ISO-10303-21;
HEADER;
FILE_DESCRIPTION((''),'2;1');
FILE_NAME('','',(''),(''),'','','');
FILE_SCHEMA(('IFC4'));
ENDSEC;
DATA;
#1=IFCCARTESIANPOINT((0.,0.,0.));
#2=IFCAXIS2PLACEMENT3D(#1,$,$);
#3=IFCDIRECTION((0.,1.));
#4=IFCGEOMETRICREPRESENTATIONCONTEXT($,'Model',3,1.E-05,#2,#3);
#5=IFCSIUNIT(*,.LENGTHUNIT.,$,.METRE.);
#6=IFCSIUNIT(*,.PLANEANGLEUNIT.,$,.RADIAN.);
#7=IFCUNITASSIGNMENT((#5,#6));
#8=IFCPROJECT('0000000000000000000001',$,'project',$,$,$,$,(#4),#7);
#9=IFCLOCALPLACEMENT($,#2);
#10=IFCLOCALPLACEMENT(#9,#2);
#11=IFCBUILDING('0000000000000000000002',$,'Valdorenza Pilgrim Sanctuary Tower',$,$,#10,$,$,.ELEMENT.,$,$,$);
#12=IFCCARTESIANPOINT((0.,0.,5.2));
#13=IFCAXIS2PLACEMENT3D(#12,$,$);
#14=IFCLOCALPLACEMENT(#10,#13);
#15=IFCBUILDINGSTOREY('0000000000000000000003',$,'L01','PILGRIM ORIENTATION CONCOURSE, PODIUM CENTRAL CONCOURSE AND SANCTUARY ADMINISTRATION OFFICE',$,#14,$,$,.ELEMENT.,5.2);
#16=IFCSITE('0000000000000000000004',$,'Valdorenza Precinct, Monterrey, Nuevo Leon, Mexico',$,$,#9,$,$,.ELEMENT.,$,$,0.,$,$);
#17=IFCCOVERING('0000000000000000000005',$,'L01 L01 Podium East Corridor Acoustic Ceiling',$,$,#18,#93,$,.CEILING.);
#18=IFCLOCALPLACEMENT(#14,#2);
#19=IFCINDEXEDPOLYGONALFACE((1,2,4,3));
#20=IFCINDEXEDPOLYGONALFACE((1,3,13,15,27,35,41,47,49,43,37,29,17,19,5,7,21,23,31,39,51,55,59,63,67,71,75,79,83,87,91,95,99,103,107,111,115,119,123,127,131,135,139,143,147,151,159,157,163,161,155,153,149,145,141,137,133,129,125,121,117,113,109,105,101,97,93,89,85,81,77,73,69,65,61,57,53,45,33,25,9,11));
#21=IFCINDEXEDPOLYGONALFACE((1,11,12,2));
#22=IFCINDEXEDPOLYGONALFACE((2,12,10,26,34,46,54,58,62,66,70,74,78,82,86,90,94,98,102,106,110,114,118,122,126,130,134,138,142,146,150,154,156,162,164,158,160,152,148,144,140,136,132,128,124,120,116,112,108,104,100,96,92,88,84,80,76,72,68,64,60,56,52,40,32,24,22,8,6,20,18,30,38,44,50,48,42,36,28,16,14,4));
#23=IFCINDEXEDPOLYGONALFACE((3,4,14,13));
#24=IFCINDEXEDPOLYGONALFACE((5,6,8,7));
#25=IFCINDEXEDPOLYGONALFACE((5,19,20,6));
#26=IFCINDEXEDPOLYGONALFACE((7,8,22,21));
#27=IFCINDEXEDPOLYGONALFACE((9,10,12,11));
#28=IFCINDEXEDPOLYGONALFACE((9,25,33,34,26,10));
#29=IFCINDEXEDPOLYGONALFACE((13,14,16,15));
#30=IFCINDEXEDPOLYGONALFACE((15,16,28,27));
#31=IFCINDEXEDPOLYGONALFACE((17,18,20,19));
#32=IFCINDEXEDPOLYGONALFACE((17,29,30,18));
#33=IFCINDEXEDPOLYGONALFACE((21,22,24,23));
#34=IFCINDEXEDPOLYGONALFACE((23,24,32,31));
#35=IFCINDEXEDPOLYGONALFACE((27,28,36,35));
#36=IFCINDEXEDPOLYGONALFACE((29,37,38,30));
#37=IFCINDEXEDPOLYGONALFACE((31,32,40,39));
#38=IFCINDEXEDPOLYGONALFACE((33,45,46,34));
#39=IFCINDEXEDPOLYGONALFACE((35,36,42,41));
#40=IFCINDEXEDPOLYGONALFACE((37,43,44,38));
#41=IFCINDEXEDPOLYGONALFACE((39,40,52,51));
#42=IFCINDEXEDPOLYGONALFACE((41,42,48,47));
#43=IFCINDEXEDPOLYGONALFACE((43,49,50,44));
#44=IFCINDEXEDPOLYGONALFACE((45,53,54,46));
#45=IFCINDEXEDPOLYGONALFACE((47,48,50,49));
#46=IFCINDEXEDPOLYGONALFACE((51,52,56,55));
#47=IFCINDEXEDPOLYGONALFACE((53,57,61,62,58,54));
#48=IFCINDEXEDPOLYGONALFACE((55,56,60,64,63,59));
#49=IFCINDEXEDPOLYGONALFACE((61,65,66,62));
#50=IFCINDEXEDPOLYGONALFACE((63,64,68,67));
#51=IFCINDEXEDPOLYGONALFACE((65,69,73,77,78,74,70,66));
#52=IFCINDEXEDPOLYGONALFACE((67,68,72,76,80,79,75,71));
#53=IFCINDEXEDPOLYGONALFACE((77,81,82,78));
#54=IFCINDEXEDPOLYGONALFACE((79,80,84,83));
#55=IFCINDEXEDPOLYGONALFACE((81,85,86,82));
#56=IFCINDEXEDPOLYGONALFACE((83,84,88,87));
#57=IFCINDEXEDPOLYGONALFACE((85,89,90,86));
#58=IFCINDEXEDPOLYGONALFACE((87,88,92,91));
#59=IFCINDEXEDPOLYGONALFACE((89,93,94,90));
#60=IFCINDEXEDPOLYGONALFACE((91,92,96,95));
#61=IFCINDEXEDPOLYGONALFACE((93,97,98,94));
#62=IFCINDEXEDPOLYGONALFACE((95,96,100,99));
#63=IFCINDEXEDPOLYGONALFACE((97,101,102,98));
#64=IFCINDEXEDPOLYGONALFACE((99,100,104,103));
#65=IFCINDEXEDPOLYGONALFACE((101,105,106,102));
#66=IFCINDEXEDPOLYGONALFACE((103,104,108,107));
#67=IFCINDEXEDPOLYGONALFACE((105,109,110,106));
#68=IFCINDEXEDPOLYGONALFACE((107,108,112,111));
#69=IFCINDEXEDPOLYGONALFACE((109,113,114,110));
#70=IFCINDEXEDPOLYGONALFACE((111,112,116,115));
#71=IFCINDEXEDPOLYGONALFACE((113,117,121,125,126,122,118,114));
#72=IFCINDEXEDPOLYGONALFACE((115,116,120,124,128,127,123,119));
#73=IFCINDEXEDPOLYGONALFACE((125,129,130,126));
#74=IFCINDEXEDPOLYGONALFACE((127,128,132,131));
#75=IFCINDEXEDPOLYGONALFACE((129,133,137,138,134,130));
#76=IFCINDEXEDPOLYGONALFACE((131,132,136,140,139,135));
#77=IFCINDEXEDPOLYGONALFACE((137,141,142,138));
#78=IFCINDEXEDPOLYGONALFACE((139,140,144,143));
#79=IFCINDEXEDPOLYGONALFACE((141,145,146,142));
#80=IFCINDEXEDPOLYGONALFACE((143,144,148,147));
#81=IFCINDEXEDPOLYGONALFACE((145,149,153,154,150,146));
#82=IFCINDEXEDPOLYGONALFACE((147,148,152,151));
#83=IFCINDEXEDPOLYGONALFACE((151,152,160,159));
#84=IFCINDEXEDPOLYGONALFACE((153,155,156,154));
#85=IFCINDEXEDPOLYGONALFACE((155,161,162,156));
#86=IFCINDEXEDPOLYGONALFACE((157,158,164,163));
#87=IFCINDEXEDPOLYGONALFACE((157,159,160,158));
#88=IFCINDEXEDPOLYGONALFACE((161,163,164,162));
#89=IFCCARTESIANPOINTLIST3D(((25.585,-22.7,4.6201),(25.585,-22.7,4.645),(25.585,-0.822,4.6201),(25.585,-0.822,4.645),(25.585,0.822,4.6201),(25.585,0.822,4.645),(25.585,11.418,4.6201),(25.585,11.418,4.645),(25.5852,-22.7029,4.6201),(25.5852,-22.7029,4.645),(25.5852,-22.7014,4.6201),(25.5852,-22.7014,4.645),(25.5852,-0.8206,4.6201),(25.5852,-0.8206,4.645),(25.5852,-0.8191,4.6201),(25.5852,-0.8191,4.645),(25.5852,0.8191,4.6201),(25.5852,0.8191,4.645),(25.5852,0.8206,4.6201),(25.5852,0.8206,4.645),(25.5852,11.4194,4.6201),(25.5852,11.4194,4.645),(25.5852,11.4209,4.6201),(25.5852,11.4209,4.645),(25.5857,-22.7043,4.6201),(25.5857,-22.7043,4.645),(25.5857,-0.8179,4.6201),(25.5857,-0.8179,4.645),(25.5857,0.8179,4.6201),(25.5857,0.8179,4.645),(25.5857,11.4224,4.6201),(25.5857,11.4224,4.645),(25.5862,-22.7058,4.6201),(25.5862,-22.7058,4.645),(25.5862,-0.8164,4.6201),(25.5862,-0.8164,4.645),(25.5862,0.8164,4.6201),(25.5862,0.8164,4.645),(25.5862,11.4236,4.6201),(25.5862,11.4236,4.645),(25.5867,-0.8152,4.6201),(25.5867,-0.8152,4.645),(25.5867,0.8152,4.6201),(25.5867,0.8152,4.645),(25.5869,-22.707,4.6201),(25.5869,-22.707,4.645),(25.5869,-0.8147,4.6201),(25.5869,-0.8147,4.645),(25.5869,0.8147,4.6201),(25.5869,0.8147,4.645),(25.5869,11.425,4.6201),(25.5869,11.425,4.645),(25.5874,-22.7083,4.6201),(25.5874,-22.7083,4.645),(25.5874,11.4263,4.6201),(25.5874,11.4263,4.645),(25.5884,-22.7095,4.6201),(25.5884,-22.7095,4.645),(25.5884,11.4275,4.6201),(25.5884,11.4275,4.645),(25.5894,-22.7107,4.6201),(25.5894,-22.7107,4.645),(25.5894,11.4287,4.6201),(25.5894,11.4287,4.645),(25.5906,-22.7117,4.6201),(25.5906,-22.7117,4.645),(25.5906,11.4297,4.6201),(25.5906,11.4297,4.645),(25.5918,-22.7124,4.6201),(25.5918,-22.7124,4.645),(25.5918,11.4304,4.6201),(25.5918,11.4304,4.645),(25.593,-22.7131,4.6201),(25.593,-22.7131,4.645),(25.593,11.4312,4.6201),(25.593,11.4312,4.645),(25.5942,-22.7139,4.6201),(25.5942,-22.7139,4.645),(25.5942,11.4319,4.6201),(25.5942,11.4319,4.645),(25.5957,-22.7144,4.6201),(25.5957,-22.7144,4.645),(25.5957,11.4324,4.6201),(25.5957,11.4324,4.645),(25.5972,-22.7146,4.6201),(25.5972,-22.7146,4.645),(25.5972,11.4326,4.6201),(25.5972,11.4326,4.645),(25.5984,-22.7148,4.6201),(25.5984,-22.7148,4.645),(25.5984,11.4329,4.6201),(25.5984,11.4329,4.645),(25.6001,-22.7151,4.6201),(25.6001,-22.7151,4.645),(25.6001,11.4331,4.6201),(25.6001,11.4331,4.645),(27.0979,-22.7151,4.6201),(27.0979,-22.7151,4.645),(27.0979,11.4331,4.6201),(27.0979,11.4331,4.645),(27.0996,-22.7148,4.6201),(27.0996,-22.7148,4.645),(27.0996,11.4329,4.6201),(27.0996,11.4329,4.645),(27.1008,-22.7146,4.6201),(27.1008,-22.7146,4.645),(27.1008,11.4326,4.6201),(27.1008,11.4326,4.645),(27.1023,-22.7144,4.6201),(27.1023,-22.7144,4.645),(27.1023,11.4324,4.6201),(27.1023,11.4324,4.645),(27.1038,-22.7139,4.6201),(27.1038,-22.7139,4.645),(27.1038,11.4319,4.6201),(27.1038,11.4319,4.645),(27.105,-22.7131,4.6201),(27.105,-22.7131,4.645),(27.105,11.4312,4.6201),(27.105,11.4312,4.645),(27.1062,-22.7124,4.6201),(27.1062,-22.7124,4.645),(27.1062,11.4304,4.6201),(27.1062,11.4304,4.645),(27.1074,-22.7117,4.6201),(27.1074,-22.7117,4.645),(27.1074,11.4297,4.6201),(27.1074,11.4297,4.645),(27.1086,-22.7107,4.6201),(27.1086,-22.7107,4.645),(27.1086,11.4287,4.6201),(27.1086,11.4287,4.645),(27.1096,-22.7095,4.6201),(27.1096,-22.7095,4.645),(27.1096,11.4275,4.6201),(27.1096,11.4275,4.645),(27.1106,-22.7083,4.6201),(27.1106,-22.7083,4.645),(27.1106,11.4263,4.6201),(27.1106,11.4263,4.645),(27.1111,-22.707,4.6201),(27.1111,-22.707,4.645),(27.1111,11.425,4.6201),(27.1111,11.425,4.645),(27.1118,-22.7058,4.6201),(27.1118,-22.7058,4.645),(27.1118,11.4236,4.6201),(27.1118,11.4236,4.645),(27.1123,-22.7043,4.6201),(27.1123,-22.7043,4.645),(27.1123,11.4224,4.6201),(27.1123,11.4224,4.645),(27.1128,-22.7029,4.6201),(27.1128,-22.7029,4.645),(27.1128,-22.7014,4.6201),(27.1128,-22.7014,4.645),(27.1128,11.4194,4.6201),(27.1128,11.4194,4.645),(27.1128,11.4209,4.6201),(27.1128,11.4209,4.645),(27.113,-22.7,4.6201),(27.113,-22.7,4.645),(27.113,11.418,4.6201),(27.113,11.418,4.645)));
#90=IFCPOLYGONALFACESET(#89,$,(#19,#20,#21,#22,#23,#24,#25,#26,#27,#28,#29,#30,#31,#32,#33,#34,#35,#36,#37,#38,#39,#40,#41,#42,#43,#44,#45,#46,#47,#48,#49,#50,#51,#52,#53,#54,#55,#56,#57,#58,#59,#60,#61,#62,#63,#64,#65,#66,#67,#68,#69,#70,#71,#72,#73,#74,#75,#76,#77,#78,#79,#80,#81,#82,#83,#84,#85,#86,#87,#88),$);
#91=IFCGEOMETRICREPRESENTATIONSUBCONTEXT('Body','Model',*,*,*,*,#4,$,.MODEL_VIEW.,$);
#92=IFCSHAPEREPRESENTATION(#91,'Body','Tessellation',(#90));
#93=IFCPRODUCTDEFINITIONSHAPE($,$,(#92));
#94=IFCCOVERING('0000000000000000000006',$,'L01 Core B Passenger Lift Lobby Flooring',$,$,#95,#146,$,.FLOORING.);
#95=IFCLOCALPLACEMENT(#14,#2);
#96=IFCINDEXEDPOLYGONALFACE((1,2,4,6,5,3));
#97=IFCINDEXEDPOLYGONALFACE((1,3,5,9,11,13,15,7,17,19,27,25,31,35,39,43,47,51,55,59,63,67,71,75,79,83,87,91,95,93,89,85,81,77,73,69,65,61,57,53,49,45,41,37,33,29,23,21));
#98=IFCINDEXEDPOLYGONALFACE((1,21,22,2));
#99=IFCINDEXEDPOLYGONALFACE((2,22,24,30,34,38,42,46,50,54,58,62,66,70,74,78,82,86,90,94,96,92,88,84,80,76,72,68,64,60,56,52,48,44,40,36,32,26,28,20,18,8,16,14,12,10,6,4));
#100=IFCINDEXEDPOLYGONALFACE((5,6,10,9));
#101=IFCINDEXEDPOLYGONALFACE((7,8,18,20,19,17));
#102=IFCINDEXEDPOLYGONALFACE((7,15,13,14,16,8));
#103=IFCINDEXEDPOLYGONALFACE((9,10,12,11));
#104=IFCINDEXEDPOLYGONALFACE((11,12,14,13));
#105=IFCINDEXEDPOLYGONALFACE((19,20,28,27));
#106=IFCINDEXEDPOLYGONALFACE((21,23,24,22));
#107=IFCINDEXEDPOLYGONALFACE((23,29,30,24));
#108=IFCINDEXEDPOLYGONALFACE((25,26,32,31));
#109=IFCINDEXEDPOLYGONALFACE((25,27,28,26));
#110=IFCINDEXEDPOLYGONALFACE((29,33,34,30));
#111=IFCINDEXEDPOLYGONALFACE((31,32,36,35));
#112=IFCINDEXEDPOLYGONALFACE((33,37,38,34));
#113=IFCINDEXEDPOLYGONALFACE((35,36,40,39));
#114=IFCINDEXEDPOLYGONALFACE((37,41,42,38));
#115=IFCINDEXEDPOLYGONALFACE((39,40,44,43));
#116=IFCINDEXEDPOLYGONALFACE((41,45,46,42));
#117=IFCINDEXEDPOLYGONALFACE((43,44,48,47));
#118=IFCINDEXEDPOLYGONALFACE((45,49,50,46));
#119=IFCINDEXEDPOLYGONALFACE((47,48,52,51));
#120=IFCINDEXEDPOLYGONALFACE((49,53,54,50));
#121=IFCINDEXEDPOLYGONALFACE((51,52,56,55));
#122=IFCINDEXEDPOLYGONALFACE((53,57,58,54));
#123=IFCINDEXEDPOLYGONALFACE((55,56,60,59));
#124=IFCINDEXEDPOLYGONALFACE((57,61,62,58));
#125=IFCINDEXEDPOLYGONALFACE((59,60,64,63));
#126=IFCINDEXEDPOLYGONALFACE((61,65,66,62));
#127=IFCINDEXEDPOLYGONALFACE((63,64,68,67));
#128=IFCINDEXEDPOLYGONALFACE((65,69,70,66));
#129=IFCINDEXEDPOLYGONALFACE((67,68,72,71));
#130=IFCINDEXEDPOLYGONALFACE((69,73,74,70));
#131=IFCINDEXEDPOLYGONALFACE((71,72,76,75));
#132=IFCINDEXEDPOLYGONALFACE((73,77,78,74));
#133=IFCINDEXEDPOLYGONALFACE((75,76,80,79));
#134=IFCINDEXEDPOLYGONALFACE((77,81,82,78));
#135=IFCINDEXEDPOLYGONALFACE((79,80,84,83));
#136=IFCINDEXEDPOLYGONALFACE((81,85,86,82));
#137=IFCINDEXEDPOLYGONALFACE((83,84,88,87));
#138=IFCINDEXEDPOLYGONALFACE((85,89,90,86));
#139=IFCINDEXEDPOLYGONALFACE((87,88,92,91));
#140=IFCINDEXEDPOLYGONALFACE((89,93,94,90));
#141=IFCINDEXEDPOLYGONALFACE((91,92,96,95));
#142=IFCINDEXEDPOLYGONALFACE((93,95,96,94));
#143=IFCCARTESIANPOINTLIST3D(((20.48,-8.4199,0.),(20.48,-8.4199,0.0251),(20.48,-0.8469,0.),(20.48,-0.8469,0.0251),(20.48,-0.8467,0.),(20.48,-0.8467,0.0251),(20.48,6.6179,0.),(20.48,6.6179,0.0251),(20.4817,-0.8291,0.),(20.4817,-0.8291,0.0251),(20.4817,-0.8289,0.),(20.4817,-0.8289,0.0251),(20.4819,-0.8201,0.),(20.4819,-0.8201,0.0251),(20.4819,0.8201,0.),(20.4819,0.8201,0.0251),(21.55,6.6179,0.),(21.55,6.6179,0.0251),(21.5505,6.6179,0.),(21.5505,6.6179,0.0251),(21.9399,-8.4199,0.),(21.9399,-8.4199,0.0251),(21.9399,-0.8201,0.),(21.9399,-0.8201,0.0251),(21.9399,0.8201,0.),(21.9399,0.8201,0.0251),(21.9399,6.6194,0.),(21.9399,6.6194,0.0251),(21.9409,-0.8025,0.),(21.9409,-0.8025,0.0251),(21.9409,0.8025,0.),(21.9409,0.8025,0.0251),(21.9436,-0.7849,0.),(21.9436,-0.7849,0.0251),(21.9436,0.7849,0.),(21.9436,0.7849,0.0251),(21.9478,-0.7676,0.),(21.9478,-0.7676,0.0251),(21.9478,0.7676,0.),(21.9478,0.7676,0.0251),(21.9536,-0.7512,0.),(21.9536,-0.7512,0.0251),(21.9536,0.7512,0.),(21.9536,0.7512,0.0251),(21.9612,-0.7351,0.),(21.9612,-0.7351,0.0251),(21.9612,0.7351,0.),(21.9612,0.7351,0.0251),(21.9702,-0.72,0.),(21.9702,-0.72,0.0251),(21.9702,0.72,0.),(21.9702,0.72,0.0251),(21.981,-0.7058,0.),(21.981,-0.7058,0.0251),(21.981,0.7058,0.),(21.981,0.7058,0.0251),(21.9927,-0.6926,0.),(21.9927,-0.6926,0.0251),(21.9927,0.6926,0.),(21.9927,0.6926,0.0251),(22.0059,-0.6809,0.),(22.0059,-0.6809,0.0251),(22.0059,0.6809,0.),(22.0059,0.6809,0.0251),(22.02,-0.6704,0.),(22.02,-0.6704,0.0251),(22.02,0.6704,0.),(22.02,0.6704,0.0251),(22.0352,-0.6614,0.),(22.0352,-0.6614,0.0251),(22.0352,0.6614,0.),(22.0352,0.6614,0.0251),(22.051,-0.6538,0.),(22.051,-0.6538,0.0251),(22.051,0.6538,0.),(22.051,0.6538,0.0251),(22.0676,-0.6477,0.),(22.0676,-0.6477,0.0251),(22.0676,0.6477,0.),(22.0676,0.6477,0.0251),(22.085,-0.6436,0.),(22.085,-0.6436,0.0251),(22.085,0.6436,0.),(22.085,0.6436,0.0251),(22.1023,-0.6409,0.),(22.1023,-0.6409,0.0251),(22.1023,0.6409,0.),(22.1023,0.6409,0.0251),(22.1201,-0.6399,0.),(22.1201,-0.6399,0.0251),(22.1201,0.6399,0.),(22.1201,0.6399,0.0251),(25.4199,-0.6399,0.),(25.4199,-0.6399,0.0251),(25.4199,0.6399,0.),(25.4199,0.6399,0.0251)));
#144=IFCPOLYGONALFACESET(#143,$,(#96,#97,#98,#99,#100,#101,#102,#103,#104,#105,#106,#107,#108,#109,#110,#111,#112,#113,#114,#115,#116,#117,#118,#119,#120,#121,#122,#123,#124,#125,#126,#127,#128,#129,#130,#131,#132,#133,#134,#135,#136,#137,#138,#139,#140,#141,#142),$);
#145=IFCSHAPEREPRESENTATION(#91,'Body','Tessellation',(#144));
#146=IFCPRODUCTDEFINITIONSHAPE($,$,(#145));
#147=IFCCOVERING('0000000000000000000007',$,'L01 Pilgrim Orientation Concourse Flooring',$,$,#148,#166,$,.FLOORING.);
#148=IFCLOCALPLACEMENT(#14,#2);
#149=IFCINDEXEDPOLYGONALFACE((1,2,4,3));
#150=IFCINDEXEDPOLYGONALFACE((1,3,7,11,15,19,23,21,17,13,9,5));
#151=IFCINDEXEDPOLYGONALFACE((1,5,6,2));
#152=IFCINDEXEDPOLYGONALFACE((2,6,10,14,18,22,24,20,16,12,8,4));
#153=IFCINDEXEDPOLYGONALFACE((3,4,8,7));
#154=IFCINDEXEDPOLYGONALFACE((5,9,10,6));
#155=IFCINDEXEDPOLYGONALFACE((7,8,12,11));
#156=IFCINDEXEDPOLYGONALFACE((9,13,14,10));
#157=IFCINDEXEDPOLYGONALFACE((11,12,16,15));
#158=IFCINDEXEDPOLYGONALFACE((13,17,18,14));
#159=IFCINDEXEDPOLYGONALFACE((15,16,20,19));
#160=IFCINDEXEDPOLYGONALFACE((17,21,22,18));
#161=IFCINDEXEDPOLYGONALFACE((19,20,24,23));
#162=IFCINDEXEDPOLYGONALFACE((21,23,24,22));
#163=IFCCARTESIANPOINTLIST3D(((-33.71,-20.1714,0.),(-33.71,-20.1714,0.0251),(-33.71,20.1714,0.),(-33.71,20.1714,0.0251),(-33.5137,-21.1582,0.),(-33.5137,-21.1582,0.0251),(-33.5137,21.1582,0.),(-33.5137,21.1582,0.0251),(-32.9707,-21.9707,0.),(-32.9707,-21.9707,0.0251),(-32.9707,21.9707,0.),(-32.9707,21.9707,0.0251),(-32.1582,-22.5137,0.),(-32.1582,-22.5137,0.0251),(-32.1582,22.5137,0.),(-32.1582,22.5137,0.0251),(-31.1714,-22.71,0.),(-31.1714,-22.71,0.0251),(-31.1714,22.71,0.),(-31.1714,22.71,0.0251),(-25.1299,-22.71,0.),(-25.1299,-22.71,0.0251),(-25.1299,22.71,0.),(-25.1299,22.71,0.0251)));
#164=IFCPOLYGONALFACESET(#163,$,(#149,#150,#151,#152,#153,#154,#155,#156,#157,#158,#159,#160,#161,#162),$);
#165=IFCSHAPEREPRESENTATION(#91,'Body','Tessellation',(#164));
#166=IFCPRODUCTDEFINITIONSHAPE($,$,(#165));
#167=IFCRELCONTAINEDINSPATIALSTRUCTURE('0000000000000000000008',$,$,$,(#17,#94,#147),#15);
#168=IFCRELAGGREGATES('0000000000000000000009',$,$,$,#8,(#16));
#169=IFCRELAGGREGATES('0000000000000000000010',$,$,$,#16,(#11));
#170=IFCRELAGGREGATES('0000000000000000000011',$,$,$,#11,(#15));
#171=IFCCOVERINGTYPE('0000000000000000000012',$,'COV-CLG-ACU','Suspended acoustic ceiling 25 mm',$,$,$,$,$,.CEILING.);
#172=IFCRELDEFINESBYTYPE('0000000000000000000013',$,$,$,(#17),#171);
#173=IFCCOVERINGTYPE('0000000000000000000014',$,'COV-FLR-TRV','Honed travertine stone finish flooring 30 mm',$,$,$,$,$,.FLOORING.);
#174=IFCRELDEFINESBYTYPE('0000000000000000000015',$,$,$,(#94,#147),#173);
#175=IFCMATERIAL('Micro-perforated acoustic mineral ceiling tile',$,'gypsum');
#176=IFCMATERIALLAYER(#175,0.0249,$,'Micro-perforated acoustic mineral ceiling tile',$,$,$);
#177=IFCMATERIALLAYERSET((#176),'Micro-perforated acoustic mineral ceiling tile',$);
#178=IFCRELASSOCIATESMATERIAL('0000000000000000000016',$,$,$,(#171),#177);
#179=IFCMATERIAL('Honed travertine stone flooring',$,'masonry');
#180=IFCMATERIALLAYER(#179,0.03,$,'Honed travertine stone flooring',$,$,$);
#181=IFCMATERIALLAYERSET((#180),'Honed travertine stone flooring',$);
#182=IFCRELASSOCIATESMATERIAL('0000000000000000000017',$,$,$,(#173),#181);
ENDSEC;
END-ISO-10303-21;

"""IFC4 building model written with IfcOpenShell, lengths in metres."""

from ifc_helpers import new_model, si_unit, direction, frame, origin, place, context, subcontext, project, spatial, polyline, outline, extrude, material, layer, layer_set, type_object, element, save


model = new_model("IFC4")

# Units and contexts
model_context = context("Model", 3, precision=1e-05, world=origin(), true_north=direction((0.0, 1.0)))
body_context = subcontext(model_context, "Body", "Model", "MODEL_VIEW")
ifc_project = project(units=[si_unit("LENGTHUNIT", "METRE"), si_unit("PLANEANGLEUNIT", "RADIAN")], contexts=[model_context])

# Site, building, storey
site_placement = place(None, origin())
site = spatial("IfcSite", under=ifc_project, at=site_placement, Name="Valdorenza Precinct, Monterrey, Nuevo Leon, Mexico", CompositionType="ELEMENT", RefElevation=0.0)
building_placement = place(site_placement, origin())
building = spatial("IfcBuilding", under=site, at=building_placement, Name="Valdorenza Pilgrim Sanctuary Tower", CompositionType="ELEMENT")
storey_placement = place(building_placement, frame((0.0, 0.0, 5.2)))
storey = spatial("IfcBuildingStorey", under=building, at=storey_placement, Name="L01", Description="PILGRIM ORIENTATION CONCOURSE, PODIUM CENTRAL CONCOURSE AND SANCTUARY ADMINISTRATION OFFICE", CompositionType="ELEMENT", Elevation=5.2)

# Coverings
ifc_material_1 = material(Name="Micro-perforated acoustic mineral ceiling tile", Category="gypsum")
ifc_layer_1 = layer(ifc_material_1, 0.0249, Name="Micro-perforated acoustic mineral ceiling tile")
ifc_layer_set_1 = layer_set([ifc_layer_1], Name="Micro-perforated acoustic mineral ceiling tile")
covering_type_1 = type_object("IfcCoveringType", Name="COV-CLG-ACU", Description="Suspended acoustic ceiling 25 mm", PredefinedType="CEILING", material=ifc_layer_set_1)
covering_1_placement = place(storey_placement, frame((0.0, 0.0, 4.6201)))
element("IfcCovering", 1, at=covering_1_placement, inside=storey, type_object=covering_type_1, Name="L01 L01 Podium East Corridor Acoustic Ceiling", PredefinedType="CEILING", context=body_context, shape_type="SweptSolid", body=[
    extrude(outline(polyline([(25.5869, -0.8147), (25.5869, 0.8147), (25.5867, 0.8152), (25.5862, 0.8164), (25.5857, 0.8179), (25.5852, 0.8191), (25.5852, 0.8206), (25.585, 0.822), (25.585, 11.418), (25.5852, 11.4194), (25.5852, 11.4209), (25.5857, 11.4224), (25.5862, 11.4236), (25.5869, 11.425), (25.5874, 11.4263), (25.5884, 11.4275), (25.5894, 11.4287), (25.5906, 11.4297), (25.5918, 11.4304), (25.593, 11.4312), (25.5942, 11.4319), (25.5957, 11.4324), (25.5972, 11.4326), (25.5984, 11.4329), (25.6001, 11.4331), (27.0979, 11.4331), (27.0996, 11.4329), (27.1008, 11.4326), (27.1023, 11.4324), (27.1038, 11.4319), (27.105, 11.4312), (27.1062, 11.4304), (27.1074, 11.4297), (27.1086, 11.4287), (27.1096, 11.4275), (27.1106, 11.4263), (27.1111, 11.425), (27.1118, 11.4236), (27.1123, 11.4224), (27.1128, 11.4209), (27.1128, 11.4194), (27.113, 11.418), (27.113, -22.7), (27.1128, -22.7014), (27.1128, -22.7029), (27.1123, -22.7043), (27.1118, -22.7058), (27.1111, -22.707), (27.1106, -22.7083), (27.1096, -22.7095), (27.1086, -22.7107), (27.1074, -22.7117), (27.1062, -22.7124), (27.105, -22.7131), (27.1038, -22.7139), (27.1023, -22.7144), (27.1008, -22.7146), (27.0996, -22.7148), (27.0979, -22.7151), (25.6001, -22.7151), (25.5984, -22.7148), (25.5972, -22.7146), (25.5957, -22.7144), (25.5942, -22.7139), (25.593, -22.7131), (25.5918, -22.7124), (25.5906, -22.7117), (25.5894, -22.7107), (25.5884, -22.7095), (25.5874, -22.7083), (25.5869, -22.707), (25.5862, -22.7058), (25.5857, -22.7043), (25.5852, -22.7029), (25.5852, -22.7014), (25.585, -22.7), (25.585, -0.822), (25.5852, -0.8206), (25.5852, -0.8191), (25.5857, -0.8179), (25.5862, -0.8164), (25.5867, -0.8152), (25.5869, -0.8147)])), origin(), (0.0, 0.0, 1.0), 0.0249),
])
ifc_material_2 = material(Name="Honed travertine stone flooring", Category="masonry")
ifc_layer_2 = layer(ifc_material_2, 0.03, Name="Honed travertine stone flooring")
ifc_layer_set_2 = layer_set([ifc_layer_2], Name="Honed travertine stone flooring")
covering_type_2 = type_object("IfcCoveringType", Name="COV-FLR-TRV", Description="Honed travertine stone finish flooring 30 mm", PredefinedType="FLOORING", material=ifc_layer_set_2)
covering_2_placement = place(storey_placement, origin())
element("IfcCovering", 2, at=covering_2_placement, inside=storey, type_object=covering_type_2, Name="L01 Core B Passenger Lift Lobby Flooring", PredefinedType="FLOORING", context=body_context, shape_type="SweptSolid", body=[
    extrude(outline(polyline([(20.48, 6.6179), (21.55, 6.6179), (21.5505, 6.6179), (21.9399, 6.6194), (21.9399, 0.8201), (21.9409, 0.8025), (21.9436, 0.7849), (21.9478, 0.7676), (21.9536, 0.7512), (21.9612, 0.7351), (21.9702, 0.72), (21.981, 0.7058), (21.9927, 0.6926), (22.0059, 0.6809), (22.02, 0.6704), (22.0352, 0.6614), (22.051, 0.6538), (22.0676, 0.6477), (22.085, 0.6436), (22.1023, 0.6409), (22.1201, 0.6399), (25.4199, 0.6399), (25.4199, -0.6399), (22.1201, -0.6399), (22.1023, -0.6409), (22.085, -0.6436), (22.0676, -0.6477), (22.051, -0.6538), (22.0352, -0.6614), (22.02, -0.6704), (22.0059, -0.6809), (21.9927, -0.6926), (21.981, -0.7058), (21.9702, -0.72), (21.9612, -0.7351), (21.9536, -0.7512), (21.9478, -0.7676), (21.9436, -0.7849), (21.9409, -0.8025), (21.9399, -0.8201), (21.9399, -8.4199), (20.48, -8.4199), (20.48, -0.8469), (20.48, -0.8467), (20.48, -0.8467), (20.4817, -0.8291), (20.4817, -0.8289), (20.4819, -0.8201), (20.4819, 0.8201), (20.48, 6.6179)])), origin(), (0.0, 0.0, 1.0), 0.0251),
])
covering_3_placement = place(storey_placement, origin())
element("IfcCovering", 3, at=covering_3_placement, inside=storey, type_object=covering_type_2, Name="L01 Pilgrim Orientation Concourse Flooring", PredefinedType="FLOORING", context=body_context, shape_type="SweptSolid", body=[
    extrude(outline(polyline([(-31.1714, -22.71), (-32.1582, -22.5137), (-32.9707, -21.9707), (-33.5137, -21.1582), (-33.71, -20.1714), (-33.71, 20.1714), (-33.5137, 21.1582), (-32.9707, 21.9707), (-32.1582, 22.5137), (-31.1714, 22.71), (-25.1299, 22.71), (-25.1299, -22.71), (-31.1714, -22.71)])), origin(), (0.0, 0.0, 1.0), 0.0251),
])

save(model, "model.ifc")
